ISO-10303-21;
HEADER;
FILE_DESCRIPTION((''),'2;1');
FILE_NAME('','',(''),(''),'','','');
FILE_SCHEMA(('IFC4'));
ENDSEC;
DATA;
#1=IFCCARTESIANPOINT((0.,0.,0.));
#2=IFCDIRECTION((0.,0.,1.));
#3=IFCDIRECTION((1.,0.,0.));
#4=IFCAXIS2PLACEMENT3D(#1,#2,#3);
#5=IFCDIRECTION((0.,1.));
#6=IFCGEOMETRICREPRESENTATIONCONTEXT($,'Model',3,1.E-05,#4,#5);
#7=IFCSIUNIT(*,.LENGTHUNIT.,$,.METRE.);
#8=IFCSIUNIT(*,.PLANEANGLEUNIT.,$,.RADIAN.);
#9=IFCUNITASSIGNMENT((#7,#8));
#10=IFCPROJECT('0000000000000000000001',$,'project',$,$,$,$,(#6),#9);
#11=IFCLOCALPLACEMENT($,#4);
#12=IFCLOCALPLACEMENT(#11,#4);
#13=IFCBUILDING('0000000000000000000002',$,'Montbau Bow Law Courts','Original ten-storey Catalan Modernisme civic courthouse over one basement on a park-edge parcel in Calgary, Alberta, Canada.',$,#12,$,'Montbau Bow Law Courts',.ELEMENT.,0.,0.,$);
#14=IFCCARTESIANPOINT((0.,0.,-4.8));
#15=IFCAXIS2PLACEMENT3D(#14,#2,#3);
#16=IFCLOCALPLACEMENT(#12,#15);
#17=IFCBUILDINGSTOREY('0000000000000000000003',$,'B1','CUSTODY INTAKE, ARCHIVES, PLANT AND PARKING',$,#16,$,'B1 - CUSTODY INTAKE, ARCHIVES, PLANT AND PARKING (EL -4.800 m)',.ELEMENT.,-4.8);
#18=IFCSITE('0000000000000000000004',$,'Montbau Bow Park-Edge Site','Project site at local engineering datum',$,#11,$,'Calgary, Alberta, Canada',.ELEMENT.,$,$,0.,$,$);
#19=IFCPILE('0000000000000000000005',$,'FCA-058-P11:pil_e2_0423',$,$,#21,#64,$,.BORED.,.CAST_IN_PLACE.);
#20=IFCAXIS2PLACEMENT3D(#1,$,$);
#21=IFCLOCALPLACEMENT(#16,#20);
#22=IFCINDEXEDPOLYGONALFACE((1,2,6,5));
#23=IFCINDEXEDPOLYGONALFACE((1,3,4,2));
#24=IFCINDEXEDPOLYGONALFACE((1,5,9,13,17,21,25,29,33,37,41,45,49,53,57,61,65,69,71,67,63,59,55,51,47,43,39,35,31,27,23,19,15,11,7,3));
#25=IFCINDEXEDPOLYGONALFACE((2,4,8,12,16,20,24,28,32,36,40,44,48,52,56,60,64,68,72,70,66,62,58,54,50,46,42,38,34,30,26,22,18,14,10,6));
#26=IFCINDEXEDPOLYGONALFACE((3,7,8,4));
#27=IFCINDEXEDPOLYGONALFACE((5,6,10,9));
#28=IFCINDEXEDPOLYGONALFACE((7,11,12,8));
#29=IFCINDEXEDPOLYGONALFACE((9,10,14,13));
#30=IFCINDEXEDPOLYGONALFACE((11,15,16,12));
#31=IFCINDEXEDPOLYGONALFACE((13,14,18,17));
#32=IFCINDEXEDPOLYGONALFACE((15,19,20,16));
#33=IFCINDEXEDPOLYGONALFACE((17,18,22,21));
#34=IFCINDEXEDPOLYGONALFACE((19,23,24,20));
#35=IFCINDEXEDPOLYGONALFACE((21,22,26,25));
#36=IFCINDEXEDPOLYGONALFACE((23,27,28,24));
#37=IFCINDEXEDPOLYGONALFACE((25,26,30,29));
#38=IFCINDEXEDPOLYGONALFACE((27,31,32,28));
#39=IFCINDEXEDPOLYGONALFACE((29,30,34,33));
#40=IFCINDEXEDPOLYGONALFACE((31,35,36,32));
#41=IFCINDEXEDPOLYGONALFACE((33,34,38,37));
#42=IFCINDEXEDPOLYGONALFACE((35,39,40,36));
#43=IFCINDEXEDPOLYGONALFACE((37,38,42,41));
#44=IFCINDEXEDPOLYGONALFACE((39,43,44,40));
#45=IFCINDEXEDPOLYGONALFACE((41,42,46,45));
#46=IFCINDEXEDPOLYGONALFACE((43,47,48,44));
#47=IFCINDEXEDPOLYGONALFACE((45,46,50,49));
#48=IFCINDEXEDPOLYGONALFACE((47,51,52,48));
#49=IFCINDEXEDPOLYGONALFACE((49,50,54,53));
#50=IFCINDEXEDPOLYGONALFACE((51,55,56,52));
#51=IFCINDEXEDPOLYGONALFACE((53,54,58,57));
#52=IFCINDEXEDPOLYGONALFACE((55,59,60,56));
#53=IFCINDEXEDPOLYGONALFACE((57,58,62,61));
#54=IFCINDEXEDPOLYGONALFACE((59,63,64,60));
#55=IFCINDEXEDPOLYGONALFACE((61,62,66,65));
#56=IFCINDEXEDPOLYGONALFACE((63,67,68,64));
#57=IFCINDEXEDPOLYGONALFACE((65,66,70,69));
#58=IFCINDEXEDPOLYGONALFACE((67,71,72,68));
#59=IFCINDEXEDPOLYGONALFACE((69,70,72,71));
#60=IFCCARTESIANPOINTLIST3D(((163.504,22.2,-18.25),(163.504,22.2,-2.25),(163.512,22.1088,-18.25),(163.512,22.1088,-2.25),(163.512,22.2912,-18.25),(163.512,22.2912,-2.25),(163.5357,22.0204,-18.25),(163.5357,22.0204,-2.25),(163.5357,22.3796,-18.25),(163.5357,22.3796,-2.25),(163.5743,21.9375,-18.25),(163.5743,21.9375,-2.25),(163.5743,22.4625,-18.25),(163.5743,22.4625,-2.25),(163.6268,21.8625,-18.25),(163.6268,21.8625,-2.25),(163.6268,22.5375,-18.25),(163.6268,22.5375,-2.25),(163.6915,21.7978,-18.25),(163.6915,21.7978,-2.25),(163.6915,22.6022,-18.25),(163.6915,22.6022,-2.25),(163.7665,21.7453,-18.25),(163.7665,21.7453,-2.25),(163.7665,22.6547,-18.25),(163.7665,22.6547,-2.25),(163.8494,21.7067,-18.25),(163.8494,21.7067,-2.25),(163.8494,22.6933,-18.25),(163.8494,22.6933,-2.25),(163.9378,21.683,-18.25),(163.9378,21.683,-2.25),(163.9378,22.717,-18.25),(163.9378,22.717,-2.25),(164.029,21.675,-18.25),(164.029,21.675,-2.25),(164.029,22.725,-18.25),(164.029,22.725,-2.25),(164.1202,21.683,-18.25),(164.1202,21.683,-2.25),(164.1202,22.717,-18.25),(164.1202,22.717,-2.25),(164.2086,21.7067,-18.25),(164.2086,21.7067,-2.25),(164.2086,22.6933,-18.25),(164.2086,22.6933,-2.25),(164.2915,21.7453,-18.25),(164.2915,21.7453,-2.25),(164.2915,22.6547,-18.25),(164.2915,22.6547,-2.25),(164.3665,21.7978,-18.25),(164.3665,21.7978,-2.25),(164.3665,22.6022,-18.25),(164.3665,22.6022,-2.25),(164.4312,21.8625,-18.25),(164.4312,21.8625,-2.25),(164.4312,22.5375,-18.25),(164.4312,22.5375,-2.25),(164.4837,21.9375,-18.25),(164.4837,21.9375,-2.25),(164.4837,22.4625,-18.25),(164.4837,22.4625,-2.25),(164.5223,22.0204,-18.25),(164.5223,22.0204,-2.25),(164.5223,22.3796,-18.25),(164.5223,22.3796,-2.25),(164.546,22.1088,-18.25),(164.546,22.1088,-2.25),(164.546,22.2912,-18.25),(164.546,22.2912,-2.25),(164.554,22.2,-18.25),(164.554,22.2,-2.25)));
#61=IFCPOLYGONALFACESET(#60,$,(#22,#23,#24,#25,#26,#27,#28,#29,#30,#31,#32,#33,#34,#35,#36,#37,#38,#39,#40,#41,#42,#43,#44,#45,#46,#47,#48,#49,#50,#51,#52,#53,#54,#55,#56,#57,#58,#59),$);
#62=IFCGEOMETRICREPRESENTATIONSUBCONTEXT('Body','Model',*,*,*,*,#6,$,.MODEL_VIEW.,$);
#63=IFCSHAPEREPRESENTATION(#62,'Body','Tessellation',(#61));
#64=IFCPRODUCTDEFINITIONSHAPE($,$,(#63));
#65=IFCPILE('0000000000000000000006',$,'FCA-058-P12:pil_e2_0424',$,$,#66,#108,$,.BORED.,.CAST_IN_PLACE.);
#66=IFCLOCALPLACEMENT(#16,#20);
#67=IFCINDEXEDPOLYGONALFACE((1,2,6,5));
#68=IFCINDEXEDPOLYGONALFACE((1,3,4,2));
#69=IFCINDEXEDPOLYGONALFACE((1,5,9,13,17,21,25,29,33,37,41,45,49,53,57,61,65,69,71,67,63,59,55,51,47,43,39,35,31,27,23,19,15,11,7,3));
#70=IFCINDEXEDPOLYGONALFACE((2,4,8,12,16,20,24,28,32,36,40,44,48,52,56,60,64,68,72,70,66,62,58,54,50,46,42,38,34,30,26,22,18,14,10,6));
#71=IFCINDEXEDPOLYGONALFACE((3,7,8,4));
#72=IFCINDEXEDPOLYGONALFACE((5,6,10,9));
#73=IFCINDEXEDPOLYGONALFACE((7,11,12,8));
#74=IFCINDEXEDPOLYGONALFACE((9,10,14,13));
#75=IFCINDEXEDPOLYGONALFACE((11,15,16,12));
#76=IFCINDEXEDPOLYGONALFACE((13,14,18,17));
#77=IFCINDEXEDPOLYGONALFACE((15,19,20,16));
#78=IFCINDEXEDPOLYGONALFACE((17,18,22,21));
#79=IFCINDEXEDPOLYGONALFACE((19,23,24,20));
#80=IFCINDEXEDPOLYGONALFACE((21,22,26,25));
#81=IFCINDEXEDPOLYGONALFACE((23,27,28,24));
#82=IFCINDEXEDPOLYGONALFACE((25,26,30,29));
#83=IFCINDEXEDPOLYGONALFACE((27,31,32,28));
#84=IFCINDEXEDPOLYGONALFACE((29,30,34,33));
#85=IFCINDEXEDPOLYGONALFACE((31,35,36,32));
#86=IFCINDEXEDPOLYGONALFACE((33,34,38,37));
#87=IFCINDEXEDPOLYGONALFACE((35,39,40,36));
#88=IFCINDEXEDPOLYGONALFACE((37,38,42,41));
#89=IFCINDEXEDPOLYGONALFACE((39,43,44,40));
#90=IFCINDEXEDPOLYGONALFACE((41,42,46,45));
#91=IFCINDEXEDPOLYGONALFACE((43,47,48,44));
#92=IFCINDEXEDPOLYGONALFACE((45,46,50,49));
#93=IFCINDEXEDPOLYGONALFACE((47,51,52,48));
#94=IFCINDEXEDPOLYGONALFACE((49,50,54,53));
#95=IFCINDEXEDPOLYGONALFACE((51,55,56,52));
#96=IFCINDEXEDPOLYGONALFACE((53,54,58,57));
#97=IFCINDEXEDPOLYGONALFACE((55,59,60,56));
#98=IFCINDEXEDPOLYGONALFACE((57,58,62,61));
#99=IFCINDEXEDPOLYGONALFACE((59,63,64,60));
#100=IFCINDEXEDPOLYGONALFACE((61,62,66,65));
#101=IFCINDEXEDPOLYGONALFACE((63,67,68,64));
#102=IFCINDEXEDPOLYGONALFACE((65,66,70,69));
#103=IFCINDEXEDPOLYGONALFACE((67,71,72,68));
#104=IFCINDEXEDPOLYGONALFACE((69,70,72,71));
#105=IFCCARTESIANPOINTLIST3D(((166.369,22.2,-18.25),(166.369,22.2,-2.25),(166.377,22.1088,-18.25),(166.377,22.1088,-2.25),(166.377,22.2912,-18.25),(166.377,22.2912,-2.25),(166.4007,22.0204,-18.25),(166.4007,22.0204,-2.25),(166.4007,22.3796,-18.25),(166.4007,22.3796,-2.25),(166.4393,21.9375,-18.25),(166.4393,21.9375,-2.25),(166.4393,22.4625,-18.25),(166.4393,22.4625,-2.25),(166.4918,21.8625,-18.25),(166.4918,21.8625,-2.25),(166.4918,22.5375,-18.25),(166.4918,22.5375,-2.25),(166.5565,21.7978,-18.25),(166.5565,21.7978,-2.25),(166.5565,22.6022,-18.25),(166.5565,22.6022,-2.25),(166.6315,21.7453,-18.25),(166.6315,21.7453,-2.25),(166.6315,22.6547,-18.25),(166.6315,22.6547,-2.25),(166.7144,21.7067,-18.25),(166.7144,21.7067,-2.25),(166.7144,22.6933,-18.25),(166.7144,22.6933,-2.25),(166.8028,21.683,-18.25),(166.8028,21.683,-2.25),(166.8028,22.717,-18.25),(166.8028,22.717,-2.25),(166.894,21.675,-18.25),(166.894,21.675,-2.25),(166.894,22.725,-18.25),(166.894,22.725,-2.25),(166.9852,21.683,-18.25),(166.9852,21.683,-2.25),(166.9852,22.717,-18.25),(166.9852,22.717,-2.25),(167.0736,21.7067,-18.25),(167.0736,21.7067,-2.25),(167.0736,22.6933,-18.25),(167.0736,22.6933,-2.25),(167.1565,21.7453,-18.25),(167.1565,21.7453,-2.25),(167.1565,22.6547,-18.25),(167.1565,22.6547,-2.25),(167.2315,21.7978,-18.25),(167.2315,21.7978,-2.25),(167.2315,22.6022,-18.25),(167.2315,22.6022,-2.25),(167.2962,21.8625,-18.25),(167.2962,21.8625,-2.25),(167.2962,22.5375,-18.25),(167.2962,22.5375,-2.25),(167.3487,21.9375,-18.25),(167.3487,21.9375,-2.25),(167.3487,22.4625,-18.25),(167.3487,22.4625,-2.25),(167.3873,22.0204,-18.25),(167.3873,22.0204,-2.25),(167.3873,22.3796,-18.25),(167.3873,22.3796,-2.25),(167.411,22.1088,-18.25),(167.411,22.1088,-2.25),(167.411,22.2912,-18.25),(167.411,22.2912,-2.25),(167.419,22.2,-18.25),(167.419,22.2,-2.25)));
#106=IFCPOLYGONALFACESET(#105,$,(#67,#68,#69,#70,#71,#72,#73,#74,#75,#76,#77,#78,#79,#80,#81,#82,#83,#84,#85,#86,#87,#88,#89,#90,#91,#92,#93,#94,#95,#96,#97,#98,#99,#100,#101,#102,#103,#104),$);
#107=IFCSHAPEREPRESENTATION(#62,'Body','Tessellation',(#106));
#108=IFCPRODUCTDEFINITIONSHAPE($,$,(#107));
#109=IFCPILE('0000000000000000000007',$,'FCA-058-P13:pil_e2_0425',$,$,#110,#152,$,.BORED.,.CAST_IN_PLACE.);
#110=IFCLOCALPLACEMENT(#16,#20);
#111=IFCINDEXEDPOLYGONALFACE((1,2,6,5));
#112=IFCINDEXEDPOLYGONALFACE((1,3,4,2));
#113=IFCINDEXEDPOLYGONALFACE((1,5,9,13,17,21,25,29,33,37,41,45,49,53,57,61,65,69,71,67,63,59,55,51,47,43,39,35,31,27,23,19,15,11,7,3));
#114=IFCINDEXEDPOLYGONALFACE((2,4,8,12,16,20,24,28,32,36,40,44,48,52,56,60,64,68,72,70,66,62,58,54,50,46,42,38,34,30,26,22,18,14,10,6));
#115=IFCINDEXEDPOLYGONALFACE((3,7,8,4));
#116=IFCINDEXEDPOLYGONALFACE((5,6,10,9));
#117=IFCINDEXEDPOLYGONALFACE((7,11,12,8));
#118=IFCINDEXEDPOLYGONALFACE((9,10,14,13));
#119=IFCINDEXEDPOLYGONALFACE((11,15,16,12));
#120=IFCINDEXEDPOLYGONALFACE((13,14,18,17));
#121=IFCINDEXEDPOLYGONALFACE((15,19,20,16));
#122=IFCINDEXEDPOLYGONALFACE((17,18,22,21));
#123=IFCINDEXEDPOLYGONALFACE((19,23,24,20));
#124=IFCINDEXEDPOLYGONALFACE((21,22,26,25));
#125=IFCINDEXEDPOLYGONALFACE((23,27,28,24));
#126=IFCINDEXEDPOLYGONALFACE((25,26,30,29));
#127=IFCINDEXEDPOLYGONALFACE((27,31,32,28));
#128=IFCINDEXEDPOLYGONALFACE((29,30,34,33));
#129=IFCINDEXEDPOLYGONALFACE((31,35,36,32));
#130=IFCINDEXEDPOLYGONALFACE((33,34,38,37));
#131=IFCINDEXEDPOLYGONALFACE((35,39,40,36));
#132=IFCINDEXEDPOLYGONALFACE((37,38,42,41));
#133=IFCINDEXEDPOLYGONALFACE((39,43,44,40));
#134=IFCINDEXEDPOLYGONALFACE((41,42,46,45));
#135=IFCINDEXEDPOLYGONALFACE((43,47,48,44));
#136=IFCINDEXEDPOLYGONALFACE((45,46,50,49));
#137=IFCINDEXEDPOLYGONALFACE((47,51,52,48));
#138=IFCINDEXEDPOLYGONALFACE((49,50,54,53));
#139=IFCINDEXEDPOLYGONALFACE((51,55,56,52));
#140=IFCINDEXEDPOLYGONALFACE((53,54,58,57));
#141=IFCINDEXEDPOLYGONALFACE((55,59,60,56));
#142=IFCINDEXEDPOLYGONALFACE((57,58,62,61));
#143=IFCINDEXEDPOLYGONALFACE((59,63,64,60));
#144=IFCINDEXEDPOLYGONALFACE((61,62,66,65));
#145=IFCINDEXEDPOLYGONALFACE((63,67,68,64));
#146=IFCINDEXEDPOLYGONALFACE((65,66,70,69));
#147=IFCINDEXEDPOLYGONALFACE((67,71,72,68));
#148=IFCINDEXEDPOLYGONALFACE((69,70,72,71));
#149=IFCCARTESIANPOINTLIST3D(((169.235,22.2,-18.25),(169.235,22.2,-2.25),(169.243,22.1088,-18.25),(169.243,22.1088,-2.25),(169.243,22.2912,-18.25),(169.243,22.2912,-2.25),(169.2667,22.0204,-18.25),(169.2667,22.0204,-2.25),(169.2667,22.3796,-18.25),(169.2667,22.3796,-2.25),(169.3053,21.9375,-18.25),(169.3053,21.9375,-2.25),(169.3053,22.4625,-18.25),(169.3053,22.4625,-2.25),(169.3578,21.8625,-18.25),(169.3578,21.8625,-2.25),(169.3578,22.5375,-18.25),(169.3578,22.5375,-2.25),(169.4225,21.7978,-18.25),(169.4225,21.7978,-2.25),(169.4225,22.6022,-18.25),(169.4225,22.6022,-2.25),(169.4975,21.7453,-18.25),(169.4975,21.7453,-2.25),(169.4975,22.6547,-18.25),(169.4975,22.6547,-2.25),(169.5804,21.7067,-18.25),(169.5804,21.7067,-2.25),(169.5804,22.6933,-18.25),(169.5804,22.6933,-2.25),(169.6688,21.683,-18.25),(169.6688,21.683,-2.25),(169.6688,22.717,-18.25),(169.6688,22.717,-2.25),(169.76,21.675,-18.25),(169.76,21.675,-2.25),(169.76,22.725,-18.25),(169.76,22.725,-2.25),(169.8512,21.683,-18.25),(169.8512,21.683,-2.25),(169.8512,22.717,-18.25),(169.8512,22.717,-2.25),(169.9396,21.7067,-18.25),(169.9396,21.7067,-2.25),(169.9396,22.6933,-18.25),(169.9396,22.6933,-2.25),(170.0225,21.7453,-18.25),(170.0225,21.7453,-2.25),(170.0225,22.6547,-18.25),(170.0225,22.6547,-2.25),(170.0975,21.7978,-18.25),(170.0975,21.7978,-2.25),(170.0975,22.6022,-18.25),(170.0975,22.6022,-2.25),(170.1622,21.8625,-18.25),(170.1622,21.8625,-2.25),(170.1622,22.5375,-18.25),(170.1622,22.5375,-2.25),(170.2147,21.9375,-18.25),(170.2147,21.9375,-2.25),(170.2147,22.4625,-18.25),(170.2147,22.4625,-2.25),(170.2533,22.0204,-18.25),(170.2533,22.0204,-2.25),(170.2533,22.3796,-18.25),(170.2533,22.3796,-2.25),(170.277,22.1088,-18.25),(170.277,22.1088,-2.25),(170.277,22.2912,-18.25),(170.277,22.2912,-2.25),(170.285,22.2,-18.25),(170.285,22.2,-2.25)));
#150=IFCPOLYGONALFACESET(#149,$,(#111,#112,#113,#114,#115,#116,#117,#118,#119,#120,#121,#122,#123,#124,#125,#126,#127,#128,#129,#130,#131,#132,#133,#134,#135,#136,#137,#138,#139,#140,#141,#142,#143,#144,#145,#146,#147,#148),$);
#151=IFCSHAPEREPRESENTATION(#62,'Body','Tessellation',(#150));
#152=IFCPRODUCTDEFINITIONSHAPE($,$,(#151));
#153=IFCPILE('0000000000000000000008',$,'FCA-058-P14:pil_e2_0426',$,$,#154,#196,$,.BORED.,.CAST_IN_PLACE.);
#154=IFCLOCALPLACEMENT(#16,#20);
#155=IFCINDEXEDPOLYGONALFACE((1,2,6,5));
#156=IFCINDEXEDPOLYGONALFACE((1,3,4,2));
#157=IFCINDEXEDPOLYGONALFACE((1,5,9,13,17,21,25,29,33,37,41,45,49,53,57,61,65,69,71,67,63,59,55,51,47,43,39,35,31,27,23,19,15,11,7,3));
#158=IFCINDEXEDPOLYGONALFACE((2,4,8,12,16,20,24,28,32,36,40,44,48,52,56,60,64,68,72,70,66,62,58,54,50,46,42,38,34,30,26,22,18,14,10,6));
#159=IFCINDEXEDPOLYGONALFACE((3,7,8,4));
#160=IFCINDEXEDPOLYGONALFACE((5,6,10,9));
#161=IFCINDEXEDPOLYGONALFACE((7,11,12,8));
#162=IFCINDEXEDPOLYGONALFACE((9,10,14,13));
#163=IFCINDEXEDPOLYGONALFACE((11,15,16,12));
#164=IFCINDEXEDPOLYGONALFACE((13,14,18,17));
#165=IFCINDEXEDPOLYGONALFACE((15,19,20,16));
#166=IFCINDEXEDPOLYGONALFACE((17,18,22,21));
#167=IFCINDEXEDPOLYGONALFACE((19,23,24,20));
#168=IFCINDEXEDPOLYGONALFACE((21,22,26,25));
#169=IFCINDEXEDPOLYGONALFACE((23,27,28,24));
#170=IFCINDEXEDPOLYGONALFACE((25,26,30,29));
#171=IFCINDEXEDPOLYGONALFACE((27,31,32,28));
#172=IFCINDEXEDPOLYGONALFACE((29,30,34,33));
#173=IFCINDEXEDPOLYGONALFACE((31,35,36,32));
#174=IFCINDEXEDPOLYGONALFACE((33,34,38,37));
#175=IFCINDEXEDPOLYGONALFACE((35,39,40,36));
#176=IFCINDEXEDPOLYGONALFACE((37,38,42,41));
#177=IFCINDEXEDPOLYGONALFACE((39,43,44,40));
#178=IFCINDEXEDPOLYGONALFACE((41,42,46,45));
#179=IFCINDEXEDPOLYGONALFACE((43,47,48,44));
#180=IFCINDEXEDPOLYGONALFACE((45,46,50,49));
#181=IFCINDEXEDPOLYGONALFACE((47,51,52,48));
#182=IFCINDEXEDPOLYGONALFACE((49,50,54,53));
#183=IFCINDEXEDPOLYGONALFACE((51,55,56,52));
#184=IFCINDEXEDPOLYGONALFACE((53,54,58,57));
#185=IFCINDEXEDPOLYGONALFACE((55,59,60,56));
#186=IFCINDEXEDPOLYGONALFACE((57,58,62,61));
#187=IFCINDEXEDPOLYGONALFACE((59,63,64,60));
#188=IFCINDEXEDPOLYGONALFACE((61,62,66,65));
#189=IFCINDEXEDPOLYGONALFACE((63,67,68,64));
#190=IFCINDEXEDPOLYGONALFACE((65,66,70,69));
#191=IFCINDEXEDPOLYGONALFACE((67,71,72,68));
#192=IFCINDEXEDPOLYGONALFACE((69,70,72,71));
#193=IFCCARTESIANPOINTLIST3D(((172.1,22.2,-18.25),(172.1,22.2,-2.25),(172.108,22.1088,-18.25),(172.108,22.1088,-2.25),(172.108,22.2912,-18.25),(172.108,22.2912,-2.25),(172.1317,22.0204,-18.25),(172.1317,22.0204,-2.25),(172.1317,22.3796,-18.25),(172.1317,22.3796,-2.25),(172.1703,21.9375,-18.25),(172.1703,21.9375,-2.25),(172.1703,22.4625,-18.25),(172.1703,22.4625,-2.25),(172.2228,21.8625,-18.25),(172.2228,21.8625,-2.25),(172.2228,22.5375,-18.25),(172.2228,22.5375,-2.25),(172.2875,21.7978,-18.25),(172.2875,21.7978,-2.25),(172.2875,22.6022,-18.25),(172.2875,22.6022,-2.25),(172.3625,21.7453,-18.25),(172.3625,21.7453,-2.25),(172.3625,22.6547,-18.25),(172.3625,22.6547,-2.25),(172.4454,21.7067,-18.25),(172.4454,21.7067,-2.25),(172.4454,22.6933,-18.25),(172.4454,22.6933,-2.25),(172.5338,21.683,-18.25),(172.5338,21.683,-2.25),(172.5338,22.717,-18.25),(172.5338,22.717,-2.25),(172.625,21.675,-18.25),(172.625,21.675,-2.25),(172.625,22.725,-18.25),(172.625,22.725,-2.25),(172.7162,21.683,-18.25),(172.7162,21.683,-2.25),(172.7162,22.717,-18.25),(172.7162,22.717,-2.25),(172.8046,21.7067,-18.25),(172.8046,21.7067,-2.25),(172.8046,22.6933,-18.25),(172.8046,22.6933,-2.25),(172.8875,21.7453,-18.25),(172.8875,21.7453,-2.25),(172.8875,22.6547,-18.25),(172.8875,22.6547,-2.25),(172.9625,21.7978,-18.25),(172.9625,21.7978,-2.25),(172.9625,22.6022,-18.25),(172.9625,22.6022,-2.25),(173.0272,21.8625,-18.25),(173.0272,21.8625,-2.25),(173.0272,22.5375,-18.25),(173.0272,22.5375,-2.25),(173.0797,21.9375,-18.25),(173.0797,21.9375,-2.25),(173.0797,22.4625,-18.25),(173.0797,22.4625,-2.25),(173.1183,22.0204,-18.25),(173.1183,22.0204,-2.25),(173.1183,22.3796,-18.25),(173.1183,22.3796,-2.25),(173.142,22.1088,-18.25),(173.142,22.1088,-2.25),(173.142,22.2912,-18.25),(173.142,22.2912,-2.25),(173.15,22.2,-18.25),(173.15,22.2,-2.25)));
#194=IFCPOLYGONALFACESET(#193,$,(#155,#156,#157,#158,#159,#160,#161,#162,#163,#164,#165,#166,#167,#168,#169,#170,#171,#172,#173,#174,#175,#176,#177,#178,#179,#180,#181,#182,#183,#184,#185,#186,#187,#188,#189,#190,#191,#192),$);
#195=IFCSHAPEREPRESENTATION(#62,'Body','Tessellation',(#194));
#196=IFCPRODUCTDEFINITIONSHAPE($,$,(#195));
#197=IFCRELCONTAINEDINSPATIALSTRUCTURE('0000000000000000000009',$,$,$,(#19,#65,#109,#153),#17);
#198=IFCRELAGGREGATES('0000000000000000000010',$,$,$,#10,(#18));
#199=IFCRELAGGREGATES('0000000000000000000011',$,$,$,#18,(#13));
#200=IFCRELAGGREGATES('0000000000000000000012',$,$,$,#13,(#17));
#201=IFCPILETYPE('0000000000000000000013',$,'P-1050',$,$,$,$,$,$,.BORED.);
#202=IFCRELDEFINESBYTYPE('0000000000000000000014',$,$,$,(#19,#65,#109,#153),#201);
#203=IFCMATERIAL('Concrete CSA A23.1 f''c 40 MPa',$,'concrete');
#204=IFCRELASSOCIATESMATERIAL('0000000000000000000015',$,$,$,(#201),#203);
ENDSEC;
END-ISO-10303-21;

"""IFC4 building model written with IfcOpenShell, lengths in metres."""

from ifc_helpers import new_model, si_unit, direction, frame, origin_with_axes, origin_2d_with_axis, place, context, subcontext, project, spatial, circle, extrude, material, material_profile, profile_set, type_object, element, save


model = new_model("IFC4")

# Units and contexts
model_context = context("Model", 3, precision=1e-05, world=origin_with_axes(), true_north=direction((0.0, 1.0)))
body_context = subcontext(model_context, "Body", "Model", "MODEL_VIEW")
ifc_project = project(units=[si_unit("LENGTHUNIT", "METRE"), si_unit("PLANEANGLEUNIT", "RADIAN")], contexts=[model_context])

# Site, building, storey
site_placement = place(None, origin_with_axes())
site = spatial("IfcSite", under=ifc_project, at=site_placement, Name="Montbau Bow Park-Edge Site", Description="Project site at local engineering datum", LongName="Calgary, Alberta, Canada", CompositionType="ELEMENT", RefElevation=0.0)
building_placement = place(site_placement, origin_with_axes())
building = spatial("IfcBuilding", under=site, at=building_placement, Name="Montbau Bow Law Courts", Description="Original ten-storey Catalan Modernisme civic courthouse over one basement on a park-edge parcel in Calgary, Alberta, Canada.", LongName="Montbau Bow Law Courts", CompositionType="ELEMENT", ElevationOfRefHeight=0.0, ElevationOfTerrain=0.0)
storey_placement = place(building_placement, frame((0.0, 0.0, -4.8), z_axis=(0.0, 0.0, 1.0), x_axis=(1.0, 0.0, 0.0)))
storey = spatial("IfcBuildingStorey", under=building, at=storey_placement, Name="B1", Description="CUSTODY INTAKE, ARCHIVES, PLANT AND PARKING", LongName="B1 - CUSTODY INTAKE, ARCHIVES, PLANT AND PARKING (EL -4.800 m)", CompositionType="ELEMENT", Elevation=-4.8)

# Piles
ifc_material_1 = material(Name="Concrete CSA A23.1 f'c 40 MPa", Category="concrete")
ifc_material_profile_1 = material_profile(ifc_material_1, circle(Radius=0.525, at=origin_2d_with_axis()), Name="BP1050", Category="Main", Priority=0)
ifc_profile_set_1 = profile_set([ifc_material_profile_1], Name="Concrete CSA A23.1 f'c 40 MPa")
pile_type_1 = type_object("IfcPileType", Name="P-1050", PredefinedType="BORED", material=ifc_profile_set_1)
for number, where, z_axis, x_axis, name in (
    (1, (164.029, 22.2, -23.05), (0.0, 0.0, 1.0), (1.0, 0.0, 0.0), "FCA-058-P11:pil_e2_0423"),
    (2, (166.894, 22.2, -23.05), (0.0, 0.0, 1.0), (1.0, 0.0, 0.0), "FCA-058-P12:pil_e2_0424"),
    (3, (169.76, 22.2, -23.05), (0.0, 0.0, 1.0), (1.0, 0.0, 0.0), "FCA-058-P13:pil_e2_0425"),
    (4, (172.625, 22.2, -23.05), (0.0, 0.0, 1.0), (1.0, 0.0, 0.0), "FCA-058-P14:pil_e2_0426"),
):
    element("IfcPile", number, at=place(None, frame(where, z_axis=z_axis, x_axis=x_axis)), inside=storey, type_object=pile_type_1, Name=name, ConstructionType="CAST_IN_PLACE", PredefinedType="BORED", context=body_context, shape_type="SweptSolid", body=[
        extrude(circle(Radius=0.525, at=origin_2d_with_axis()), origin_with_axes(), (0.0, 0.0, 1.0), 16.0),
    ])

save(model, "model.ifc")
